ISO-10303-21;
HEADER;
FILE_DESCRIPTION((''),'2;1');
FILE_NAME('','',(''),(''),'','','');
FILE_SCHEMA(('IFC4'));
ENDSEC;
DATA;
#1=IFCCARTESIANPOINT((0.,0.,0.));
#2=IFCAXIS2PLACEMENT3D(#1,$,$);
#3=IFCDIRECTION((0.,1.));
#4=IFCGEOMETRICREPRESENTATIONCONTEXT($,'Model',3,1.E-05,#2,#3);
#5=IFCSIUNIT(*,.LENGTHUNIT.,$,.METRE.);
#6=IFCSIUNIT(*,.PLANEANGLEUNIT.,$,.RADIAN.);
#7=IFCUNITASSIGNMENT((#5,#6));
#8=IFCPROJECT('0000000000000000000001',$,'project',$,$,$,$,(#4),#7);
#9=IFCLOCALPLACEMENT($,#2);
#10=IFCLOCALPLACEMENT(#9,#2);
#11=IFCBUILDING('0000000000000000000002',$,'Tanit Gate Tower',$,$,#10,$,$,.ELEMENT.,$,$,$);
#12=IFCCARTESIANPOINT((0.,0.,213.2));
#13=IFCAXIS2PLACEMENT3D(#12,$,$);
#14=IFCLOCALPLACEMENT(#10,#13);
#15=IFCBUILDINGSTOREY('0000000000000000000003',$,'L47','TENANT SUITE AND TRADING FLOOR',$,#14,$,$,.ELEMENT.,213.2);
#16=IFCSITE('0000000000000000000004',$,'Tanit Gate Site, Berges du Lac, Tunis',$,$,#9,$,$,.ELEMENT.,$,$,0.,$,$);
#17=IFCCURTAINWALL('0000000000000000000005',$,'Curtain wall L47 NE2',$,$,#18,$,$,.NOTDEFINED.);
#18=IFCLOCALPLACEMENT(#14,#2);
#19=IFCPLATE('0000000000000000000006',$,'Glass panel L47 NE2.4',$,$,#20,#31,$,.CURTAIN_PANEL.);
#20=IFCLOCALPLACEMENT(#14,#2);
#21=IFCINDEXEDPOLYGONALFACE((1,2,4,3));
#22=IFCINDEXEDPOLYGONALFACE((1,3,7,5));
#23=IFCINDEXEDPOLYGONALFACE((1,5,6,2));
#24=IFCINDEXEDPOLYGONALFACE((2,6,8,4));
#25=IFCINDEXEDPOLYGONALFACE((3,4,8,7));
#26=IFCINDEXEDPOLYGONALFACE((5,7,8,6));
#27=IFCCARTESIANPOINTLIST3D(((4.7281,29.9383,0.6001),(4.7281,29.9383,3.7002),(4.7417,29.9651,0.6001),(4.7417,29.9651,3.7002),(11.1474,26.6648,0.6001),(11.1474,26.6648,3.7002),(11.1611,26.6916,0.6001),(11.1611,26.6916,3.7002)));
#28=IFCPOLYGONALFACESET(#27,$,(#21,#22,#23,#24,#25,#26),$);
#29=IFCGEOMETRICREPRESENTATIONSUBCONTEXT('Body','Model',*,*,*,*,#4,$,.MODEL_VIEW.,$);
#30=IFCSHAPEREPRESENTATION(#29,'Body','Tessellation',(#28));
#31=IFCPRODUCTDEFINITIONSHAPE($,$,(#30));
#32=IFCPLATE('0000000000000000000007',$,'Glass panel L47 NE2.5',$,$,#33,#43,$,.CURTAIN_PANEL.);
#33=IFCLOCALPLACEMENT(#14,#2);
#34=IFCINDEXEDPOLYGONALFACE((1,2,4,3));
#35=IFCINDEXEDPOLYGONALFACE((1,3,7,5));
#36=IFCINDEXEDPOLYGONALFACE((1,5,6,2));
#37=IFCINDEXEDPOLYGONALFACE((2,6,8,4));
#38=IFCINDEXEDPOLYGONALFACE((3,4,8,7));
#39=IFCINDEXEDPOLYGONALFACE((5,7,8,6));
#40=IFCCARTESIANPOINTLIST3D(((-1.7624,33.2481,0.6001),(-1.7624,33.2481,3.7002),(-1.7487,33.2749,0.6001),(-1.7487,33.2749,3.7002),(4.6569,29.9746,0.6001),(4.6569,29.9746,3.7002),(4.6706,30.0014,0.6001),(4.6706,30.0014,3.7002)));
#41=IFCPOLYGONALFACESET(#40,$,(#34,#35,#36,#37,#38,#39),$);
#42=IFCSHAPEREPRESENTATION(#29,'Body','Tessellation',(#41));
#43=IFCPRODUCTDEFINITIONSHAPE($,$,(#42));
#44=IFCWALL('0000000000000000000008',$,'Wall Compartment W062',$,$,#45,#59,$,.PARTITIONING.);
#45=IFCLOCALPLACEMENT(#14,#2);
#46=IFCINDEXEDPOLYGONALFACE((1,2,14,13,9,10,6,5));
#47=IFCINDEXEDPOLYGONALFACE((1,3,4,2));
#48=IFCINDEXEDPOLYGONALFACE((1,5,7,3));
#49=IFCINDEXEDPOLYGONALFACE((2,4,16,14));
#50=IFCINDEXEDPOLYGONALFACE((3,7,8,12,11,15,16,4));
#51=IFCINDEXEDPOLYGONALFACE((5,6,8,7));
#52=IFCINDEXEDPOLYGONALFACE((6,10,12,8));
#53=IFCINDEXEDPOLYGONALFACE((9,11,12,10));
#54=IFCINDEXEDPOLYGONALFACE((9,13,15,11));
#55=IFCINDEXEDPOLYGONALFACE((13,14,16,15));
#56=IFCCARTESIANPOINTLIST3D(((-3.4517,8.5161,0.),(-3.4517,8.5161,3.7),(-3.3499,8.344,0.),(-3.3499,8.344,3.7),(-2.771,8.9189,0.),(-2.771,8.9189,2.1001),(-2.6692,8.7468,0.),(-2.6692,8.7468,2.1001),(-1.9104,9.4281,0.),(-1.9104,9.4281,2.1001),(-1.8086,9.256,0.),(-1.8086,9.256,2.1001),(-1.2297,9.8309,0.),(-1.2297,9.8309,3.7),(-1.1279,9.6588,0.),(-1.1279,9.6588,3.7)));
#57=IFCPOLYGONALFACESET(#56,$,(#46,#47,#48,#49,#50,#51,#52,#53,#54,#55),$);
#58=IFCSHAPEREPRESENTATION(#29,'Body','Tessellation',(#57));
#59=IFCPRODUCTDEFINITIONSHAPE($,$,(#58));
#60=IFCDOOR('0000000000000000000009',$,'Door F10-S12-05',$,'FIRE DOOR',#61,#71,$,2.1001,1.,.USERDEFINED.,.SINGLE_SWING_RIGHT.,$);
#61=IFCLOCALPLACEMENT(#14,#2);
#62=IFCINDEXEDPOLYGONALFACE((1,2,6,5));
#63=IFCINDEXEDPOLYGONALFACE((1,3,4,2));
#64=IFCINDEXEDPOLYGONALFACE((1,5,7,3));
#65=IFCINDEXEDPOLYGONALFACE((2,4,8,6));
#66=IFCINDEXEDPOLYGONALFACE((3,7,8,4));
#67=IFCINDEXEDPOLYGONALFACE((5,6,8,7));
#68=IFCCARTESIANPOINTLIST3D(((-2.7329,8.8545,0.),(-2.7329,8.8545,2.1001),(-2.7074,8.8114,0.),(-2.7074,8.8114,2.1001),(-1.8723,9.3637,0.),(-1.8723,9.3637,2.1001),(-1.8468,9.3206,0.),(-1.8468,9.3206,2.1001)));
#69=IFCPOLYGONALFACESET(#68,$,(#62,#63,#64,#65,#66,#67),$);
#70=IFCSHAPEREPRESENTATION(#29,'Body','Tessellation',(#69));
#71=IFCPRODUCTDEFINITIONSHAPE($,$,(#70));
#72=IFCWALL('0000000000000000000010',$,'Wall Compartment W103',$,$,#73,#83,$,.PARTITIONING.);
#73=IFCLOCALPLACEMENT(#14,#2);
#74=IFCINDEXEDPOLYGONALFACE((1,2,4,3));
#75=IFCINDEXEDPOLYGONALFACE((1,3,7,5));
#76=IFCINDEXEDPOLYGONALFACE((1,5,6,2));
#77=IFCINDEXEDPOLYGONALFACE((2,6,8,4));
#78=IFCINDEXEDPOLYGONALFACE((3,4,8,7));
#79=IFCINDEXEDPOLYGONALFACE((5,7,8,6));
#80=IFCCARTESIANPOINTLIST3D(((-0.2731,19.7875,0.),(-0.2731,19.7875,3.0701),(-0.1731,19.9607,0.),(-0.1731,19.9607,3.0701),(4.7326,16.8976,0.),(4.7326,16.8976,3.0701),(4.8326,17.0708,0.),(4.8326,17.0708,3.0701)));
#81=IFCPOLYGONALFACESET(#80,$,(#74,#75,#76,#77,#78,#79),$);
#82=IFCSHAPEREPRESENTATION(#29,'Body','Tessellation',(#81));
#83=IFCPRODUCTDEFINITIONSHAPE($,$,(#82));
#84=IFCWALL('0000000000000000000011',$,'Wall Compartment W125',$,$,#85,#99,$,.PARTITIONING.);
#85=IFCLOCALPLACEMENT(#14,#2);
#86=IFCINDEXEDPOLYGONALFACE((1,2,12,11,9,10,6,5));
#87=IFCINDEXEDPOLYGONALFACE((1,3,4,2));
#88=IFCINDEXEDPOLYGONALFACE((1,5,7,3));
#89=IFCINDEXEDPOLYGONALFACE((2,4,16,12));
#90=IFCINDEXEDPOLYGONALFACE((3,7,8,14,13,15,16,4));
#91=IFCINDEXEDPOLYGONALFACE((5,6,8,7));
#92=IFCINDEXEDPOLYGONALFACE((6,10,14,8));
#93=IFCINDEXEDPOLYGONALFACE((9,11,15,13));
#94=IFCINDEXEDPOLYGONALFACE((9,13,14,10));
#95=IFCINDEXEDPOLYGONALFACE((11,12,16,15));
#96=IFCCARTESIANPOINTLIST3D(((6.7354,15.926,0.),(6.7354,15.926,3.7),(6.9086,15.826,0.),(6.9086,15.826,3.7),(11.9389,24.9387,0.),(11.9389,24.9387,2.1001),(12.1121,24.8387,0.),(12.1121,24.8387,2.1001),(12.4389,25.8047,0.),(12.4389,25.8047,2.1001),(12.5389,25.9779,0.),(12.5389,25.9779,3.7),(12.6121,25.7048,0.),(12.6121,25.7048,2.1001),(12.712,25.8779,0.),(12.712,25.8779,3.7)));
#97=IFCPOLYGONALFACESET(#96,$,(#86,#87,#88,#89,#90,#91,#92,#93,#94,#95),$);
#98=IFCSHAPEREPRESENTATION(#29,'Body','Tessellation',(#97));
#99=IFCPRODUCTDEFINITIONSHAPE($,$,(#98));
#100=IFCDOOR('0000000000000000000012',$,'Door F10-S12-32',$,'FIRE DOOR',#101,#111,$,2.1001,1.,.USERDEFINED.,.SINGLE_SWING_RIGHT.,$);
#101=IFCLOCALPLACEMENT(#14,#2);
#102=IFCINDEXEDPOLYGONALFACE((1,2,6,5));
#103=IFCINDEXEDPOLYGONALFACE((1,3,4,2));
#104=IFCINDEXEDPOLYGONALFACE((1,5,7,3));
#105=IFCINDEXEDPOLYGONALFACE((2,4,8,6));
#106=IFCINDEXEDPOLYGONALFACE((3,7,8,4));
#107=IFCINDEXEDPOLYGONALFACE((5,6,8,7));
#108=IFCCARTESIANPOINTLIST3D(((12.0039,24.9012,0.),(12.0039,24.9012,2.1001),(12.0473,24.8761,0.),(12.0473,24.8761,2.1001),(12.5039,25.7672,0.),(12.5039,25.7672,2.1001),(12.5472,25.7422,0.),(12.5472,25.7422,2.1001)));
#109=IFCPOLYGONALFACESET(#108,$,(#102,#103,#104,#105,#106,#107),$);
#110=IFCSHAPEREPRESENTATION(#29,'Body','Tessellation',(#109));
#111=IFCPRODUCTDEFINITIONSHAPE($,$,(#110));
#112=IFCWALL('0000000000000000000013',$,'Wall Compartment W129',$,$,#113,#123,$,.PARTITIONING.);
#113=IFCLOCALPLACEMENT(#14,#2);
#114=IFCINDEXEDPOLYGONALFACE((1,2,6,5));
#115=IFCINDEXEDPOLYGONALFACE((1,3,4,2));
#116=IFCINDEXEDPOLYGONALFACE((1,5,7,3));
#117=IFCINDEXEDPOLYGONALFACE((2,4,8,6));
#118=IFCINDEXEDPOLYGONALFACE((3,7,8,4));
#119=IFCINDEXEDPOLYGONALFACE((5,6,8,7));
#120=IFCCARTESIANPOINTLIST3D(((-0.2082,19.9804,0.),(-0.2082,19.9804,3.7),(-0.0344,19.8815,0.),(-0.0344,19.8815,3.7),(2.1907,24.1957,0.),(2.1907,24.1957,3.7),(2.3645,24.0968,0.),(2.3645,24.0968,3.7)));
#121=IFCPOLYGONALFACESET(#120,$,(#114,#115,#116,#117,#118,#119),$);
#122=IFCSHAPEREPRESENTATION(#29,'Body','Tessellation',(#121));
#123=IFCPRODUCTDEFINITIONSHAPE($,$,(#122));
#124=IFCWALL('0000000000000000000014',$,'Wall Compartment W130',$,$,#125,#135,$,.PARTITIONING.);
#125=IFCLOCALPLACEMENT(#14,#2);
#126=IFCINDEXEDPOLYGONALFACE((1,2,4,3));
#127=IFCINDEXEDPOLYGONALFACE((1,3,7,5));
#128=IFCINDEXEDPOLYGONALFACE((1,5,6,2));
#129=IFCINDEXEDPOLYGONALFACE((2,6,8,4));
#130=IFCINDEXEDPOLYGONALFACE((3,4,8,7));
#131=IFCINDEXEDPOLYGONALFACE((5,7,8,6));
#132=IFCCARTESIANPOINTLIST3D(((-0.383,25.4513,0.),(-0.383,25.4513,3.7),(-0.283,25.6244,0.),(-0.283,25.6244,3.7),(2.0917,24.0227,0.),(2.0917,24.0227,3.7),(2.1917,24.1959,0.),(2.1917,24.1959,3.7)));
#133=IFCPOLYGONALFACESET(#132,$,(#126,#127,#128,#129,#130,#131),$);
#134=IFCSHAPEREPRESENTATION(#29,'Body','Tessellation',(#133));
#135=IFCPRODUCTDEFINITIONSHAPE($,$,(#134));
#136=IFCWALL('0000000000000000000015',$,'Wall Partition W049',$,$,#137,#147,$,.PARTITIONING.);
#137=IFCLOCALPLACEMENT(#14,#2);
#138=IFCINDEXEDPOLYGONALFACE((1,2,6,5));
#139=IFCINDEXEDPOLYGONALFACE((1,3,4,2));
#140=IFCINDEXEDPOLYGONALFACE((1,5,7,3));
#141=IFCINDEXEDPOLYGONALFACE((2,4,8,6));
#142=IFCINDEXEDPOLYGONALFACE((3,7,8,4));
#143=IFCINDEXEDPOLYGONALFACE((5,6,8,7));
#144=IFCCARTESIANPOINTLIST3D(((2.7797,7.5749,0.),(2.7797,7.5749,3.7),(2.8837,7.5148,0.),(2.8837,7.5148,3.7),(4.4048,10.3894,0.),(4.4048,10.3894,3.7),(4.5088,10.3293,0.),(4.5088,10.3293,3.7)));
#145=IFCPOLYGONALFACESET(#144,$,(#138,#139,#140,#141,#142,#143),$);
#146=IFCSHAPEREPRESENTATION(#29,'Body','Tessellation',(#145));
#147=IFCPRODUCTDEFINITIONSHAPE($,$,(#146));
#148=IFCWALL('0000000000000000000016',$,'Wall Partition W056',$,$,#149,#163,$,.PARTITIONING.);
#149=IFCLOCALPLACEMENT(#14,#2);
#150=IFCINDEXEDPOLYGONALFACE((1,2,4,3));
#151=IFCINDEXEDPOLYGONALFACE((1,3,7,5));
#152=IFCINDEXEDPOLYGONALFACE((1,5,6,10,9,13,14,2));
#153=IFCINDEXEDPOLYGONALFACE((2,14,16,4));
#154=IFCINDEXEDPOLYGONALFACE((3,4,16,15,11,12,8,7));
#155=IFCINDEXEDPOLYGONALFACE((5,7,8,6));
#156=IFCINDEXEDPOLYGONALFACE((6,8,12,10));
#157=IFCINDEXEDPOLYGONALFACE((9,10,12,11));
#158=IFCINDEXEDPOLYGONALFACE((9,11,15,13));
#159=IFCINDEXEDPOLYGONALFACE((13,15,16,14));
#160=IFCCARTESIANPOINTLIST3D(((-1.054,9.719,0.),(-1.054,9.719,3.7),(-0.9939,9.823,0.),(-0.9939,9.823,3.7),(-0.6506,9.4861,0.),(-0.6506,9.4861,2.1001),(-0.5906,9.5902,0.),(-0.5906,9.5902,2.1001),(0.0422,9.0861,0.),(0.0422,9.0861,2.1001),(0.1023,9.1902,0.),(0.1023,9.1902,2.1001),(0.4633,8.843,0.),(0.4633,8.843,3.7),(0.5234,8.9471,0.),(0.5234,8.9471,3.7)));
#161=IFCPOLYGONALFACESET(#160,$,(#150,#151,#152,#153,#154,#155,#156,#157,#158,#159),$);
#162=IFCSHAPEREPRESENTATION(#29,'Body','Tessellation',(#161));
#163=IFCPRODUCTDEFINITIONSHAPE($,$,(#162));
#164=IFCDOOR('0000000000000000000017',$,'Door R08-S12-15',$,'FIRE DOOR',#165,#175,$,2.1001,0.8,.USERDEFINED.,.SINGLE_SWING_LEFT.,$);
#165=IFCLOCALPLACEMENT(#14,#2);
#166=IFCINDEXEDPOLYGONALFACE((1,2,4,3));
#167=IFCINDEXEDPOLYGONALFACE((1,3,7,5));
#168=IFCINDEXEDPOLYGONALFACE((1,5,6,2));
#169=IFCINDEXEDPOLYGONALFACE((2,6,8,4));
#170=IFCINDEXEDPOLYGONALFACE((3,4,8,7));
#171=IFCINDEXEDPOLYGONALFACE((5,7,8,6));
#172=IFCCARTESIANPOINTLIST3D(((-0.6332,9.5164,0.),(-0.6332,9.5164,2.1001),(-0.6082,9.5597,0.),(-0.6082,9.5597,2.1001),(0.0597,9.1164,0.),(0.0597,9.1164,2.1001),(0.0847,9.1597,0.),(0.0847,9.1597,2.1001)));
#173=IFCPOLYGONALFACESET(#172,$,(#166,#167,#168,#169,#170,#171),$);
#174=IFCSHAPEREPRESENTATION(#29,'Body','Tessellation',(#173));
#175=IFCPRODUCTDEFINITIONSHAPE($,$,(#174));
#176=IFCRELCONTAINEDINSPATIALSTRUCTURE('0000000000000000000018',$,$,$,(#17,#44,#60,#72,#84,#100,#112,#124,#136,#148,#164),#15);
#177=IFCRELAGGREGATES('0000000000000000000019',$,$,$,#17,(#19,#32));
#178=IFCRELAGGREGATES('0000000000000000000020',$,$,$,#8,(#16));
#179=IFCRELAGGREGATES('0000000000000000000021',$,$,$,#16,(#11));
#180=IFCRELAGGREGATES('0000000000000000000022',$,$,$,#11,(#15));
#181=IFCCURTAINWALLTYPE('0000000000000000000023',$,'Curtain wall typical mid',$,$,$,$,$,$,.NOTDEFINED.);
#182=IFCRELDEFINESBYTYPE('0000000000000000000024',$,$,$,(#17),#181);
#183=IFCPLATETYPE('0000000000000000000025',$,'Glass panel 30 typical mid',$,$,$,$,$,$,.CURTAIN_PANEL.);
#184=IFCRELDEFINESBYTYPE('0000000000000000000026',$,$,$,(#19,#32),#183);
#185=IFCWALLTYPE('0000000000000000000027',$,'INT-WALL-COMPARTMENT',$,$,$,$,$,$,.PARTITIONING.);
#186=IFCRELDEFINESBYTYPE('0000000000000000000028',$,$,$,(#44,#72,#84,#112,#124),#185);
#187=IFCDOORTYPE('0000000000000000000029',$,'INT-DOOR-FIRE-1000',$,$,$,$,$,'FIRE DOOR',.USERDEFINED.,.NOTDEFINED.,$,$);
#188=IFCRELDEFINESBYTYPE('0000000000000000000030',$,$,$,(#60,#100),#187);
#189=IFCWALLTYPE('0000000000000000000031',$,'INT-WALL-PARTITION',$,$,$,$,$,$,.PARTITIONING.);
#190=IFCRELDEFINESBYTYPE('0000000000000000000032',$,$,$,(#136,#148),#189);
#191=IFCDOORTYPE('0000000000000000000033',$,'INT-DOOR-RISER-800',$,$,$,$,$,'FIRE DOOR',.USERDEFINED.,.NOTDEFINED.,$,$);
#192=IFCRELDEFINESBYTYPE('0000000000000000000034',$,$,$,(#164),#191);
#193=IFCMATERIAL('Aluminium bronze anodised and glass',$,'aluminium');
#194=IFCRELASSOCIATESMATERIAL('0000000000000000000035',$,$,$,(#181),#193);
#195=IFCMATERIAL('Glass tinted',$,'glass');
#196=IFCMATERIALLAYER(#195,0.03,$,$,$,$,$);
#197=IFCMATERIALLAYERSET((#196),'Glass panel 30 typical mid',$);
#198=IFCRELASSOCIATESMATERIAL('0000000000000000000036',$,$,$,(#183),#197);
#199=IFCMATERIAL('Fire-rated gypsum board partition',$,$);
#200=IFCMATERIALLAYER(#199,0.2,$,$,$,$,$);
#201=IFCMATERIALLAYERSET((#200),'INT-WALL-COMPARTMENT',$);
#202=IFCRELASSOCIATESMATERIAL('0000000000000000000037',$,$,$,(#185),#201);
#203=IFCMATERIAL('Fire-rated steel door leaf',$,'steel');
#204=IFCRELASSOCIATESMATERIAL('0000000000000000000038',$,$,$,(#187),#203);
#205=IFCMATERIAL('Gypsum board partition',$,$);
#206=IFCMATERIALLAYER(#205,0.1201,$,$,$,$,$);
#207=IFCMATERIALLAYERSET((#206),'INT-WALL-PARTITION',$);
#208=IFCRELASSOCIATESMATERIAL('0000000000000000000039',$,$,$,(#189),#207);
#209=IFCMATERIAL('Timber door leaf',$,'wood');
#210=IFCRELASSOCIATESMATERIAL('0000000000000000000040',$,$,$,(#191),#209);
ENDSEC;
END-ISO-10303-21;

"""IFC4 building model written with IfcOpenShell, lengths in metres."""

from ifc_helpers import new_model, si_unit, direction, frame, frame_2d, origin, origin_2d, place, context, subcontext, project, spatial, rectangle, extrude, material, layer, layer_set, type_object, element, fill, aggregate, save


model = new_model("IFC4")

# Units and contexts
model_context = context("Model", 3, precision=1e-05, world=origin(), true_north=direction((0.0, 1.0)))
body_context = subcontext(model_context, "Body", "Model", "MODEL_VIEW")
ifc_project = project(units=[si_unit("LENGTHUNIT", "METRE"), si_unit("PLANEANGLEUNIT", "RADIAN")], contexts=[model_context])

# Site, building, storey
site_placement = place(None, origin())
site = spatial("IfcSite", under=ifc_project, at=site_placement, Name="Tanit Gate Site, Berges du Lac, Tunis", CompositionType="ELEMENT", RefElevation=0.0)
building_placement = place(site_placement, origin())
building = spatial("IfcBuilding", under=site, at=building_placement, Name="Tanit Gate Tower", CompositionType="ELEMENT")
storey_placement = place(building_placement, frame((0.0, 0.0, 213.2)))
storey = spatial("IfcBuildingStorey", under=building, at=storey_placement, Name="L47", Description="TENANT SUITE AND TRADING FLOOR", CompositionType="ELEMENT", Elevation=213.2)

# Curtain wall
ifc_material_1 = material(Name="Aluminium bronze anodised and glass", Category="aluminium")
curtain_wall_type = type_object("IfcCurtainWallType", Name="Curtain wall typical mid", PredefinedType="NOTDEFINED", material=ifc_material_1)
curtain_wall_1_placement = place(storey_placement, origin())
curtain_wall_1 = element("IfcCurtainWall", 1, at=curtain_wall_1_placement, inside=storey, type_object=curtain_wall_type, Name="Curtain wall L47 NE2", PredefinedType="NOTDEFINED")

# Plates
ifc_material_2 = material(Name="Glass tinted", Category="glass")
ifc_layer_1 = layer(ifc_material_2, 0.03)
ifc_layer_set_1 = layer_set([ifc_layer_1], Name="Glass panel 30 typical mid")
plate_type = type_object("IfcPlateType", Name="Glass panel 30 typical mid", PredefinedType="CURTAIN_PANEL", material=ifc_layer_set_1)
plate_1_placement = place(storey_placement, frame((7.9446, 28.3149, 0.6001), z_axis=(0.0, 0.0, 1.0), x_axis=(-0.890855, 0.454288, 0.0)))
plate_1 = element("IfcPlate", 2, at=plate_1_placement, type_object=plate_type, Name="Glass panel L47 NE2.4", PredefinedType="CURTAIN_PANEL", context=body_context, shape_type="SweptSolid", body=[
    extrude(rectangle(XDim=7.2058, YDim=0.03, at=origin_2d()), origin(), (0.0, 0.0, 1.0), 3.1001),
])
plate_2_placement = place(storey_placement, frame((1.4541, 31.6248, 0.6001), z_axis=(0.0, 0.0, 1.0), x_axis=(-0.890855, 0.454288, 0.0)))
plate_2 = element("IfcPlate", 3, at=plate_2_placement, type_object=plate_type, Name="Glass panel L47 NE2.5", PredefinedType="CURTAIN_PANEL", context=body_context, shape_type="SweptSolid", body=[
    extrude(rectangle(XDim=7.2058, YDim=0.03, at=origin_2d()), origin(), (0.0, 0.0, 1.0), 3.1001),
])
aggregate(curtain_wall_1, [plate_1, plate_2])

# Wall, opening, door
ifc_material_3 = material(Name="Fire-rated gypsum board partition")
ifc_layer_2 = layer(ifc_material_3, 0.2)
ifc_layer_set_2 = layer_set([ifc_layer_2], Name="INT-WALL-COMPARTMENT")
wall_type_1 = type_object("IfcWallType", Name="INT-WALL-COMPARTMENT", PredefinedType="PARTITIONING", material=ifc_layer_set_2)
wall_1_placement = place(storey_placement, frame((-1.1787, 9.7449, 0.0), z_axis=(0.0, 0.0, 1.0), x_axis=(-0.860631, -0.509229, 0.0)))
wall_1 = element("IfcWall", 4, at=wall_1_placement, inside=storey, type_object=wall_type_1, Name="Wall Compartment W062", PredefinedType="PARTITIONING", context=body_context, shape_type="SweptSolid", body=[
    extrude(rectangle(XDim=2.5818, YDim=0.2, at=frame_2d((1.291, 0.0))), origin(), (0.0, 0.0, 1.0), 3.7),
])
opening_1_placement = place(wall_1_placement, frame((0.791, 0.0, 0.0)))
opening_1 = element("IfcOpeningElement", 5, at=opening_1_placement, cuts=wall_1, PredefinedType="OPENING", context=body_context, shape_type="SweptSolid", body=[
    extrude(rectangle(XDim=1.0, YDim=2.1001, at=frame_2d((0.5, 1.05))), frame((0.0, 0.1099, 0.0), z_axis=(0.0, -1.0, 0.0), x_axis=(1.0, 0.0, 0.0)), (0.0, 0.0, 1.0), 0.22),
])
ifc_material_4 = material(Name="Fire-rated steel door leaf", Category="steel")
door_type_1 = type_object("IfcDoorType", Name="INT-DOOR-FIRE-1000", ElementType="FIRE DOOR", OperationType="NOTDEFINED", PredefinedType="USERDEFINED", material=ifc_material_4)
door_1_placement = place(opening_1_placement, origin())
door_1 = element("IfcDoor", 6, at=door_1_placement, inside=storey, type_object=door_type_1, Name="Door F10-S12-05", ObjectType="FIRE DOOR", OperationType="SINGLE_SWING_RIGHT", OverallHeight=2.1001, OverallWidth=1.0, PredefinedType="USERDEFINED", context=body_context, shape_type="SweptSolid", body=[
    extrude(rectangle(XDim=1.0, YDim=2.1001, at=frame_2d((0.5, 1.05))), frame((0.0, 0.0249, 0.0), z_axis=(0.0, -1.0, 0.0), x_axis=(1.0, 0.0, 0.0)), (0.0, 0.0, 1.0), 0.05),
])
fill(opening_1, door_1)

# Wall
wall_2_placement = place(storey_placement, frame((4.7827, 16.9841, 0.0), z_axis=(0.0, 0.0, 1.0), x_axis=(-0.866033, 0.499987, 0.0)))
element("IfcWall", 7, at=wall_2_placement, inside=storey, type_object=wall_type_1, Name="Wall Compartment W103", PredefinedType="PARTITIONING", context=body_context, shape_type="SweptSolid", body=[
    extrude(rectangle(XDim=5.78, YDim=0.2, at=frame_2d((2.8901, 0.0))), origin(), (0.0, 0.0, 1.0), 3.0701),
])

# Wall, opening, door
wall_3_placement = place(storey_placement, frame((6.822, 15.876, 0.0), z_axis=(0.0, 0.0, 1.0), x_axis=(0.499996, 0.866028, 0.0)))
wall_3 = element("IfcWall", 8, at=wall_3_placement, inside=storey, type_object=wall_type_1, Name="Wall Compartment W125", PredefinedType="PARTITIONING", context=body_context, shape_type="SweptSolid", body=[
    extrude(rectangle(XDim=11.6069, YDim=0.2, at=frame_2d((5.8035, 0.0))), origin(), (0.0, 0.0, 1.0), 3.7),
])
opening_2_placement = place(wall_3_placement, frame((10.407, 0.0, 0.0)))
opening_2 = element("IfcOpeningElement", 9, at=opening_2_placement, cuts=wall_3, PredefinedType="OPENING", context=body_context, shape_type="SweptSolid", body=[
    extrude(rectangle(XDim=1.0, YDim=2.1001, at=frame_2d((0.5, 1.05))), frame((0.0, 0.1099, 0.0), z_axis=(0.0, -1.0, 0.0), x_axis=(1.0, 0.0, 0.0)), (0.0, 0.0, 1.0), 0.22),
])
door_2_placement = place(opening_2_placement, origin())
door_2 = element("IfcDoor", 10, at=door_2_placement, inside=storey, type_object=door_type_1, Name="Door F10-S12-32", ObjectType="FIRE DOOR", OperationType="SINGLE_SWING_RIGHT", OverallHeight=2.1001, OverallWidth=1.0, PredefinedType="USERDEFINED", context=body_context, shape_type="SweptSolid", body=[
    extrude(rectangle(XDim=1.0, YDim=2.1001, at=frame_2d((0.5, 1.05))), frame((0.0, 0.0249, 0.0), z_axis=(0.0, -1.0, 0.0), x_axis=(1.0, 0.0, 0.0)), (0.0, 0.0, 1.0), 0.05),
])
fill(opening_2, door_2)

# Walls
wall_4_placement = place(storey_placement, frame((2.2776, 24.1462, 0.0), z_axis=(0.0, 0.0, 1.0), x_axis=(-0.494609, -0.869115, 0.0)))
element("IfcWall", 11, at=wall_4_placement, inside=storey, type_object=wall_type_1, Name="Wall Compartment W129", PredefinedType="PARTITIONING", context=body_context, shape_type="SweptSolid", body=[
    extrude(rectangle(XDim=4.8501, YDim=0.2, at=frame_2d((2.425, 0.0))), origin(), (0.0, 0.0, 1.0), 3.7),
])
wall_5_placement = place(storey_placement, frame((-0.333, 25.5378, 0.0), z_axis=(0.0, 0.0, 1.0), x_axis=(0.866063, -0.499934, 0.0)))
element("IfcWall", 12, at=wall_5_placement, inside=storey, type_object=wall_type_1, Name="Wall Compartment W130", PredefinedType="PARTITIONING", context=body_context, shape_type="SweptSolid", body=[
    extrude(rectangle(XDim=2.8574, YDim=0.2, at=frame_2d((1.4287, 0.0))), origin(), (0.0, 0.0, 1.0), 3.7),
])
ifc_material_5 = material(Name="Gypsum board partition")
ifc_layer_3 = layer(ifc_material_5, 0.1201)
ifc_layer_set_3 = layer_set([ifc_layer_3], Name="INT-WALL-PARTITION")
wall_type_2 = type_object("IfcWallType", Name="INT-WALL-PARTITION", PredefinedType="PARTITIONING", material=ifc_layer_set_3)
wall_6_placement = place(storey_placement, frame((4.4568, 10.3594, 0.0), z_axis=(0.0, 0.0, 1.0), x_axis=(-0.500017, -0.866015, 0.0)))
element("IfcWall", 13, at=wall_6_placement, inside=storey, type_object=wall_type_2, Name="Wall Partition W049", PredefinedType="PARTITIONING", context=body_context, shape_type="SweptSolid", body=[
    extrude(rectangle(XDim=3.25, YDim=0.1201, at=frame_2d((1.625, 0.0))), origin(), (0.0, 0.0, 1.0), 3.7),
])

# Wall, opening, door
wall_7_placement = place(storey_placement, frame((-1.0239, 9.771, 0.0), z_axis=(0.0, 0.0, 1.0), x_axis=(0.866039, -0.499976, 0.0)))
wall_7 = element("IfcWall", 14, at=wall_7_placement, inside=storey, type_object=wall_type_2, Name="Wall Partition W056", PredefinedType="PARTITIONING", context=body_context, shape_type="SweptSolid", body=[
    extrude(rectangle(XDim=1.752, YDim=0.1201, at=frame_2d((0.876, 0.0))), origin(), (0.0, 0.0, 1.0), 3.7),
])
opening_3_placement = place(wall_7_placement, frame((0.4658, 0.0, 0.0)))
opening_3 = element("IfcOpeningElement", 15, at=opening_3_placement, cuts=wall_7, PredefinedType="OPENING", context=body_context, shape_type="SweptSolid", body=[
    extrude(rectangle(XDim=0.8, YDim=2.1001, at=frame_2d((0.3999, 1.05))), frame((0.0, 0.0701, 0.0), z_axis=(0.0, -1.0, 0.0), x_axis=(1.0, 0.0, 0.0)), (0.0, 0.0, 1.0), 0.1401),
])
ifc_material_6 = material(Name="Timber door leaf", Category="wood")
door_type_2 = type_object("IfcDoorType", Name="INT-DOOR-RISER-800", ElementType="FIRE DOOR", OperationType="NOTDEFINED", PredefinedType="USERDEFINED", material=ifc_material_6)
door_3_placement = place(opening_3_placement, origin())
door_3 = element("IfcDoor", 16, at=door_3_placement, inside=storey, type_object=door_type_2, Name="Door R08-S12-15", ObjectType="FIRE DOOR", OperationType="SINGLE_SWING_LEFT", OverallHeight=2.1001, OverallWidth=0.8, PredefinedType="USERDEFINED", context=body_context, shape_type="SweptSolid", body=[
    extrude(rectangle(XDim=0.8, YDim=2.1001, at=frame_2d((0.3999, 1.05))), frame((0.0, 0.0249, 0.0), z_axis=(0.0, -1.0, 0.0), x_axis=(1.0, 0.0, 0.0)), (0.0, 0.0, 1.0), 0.05),
])
fill(opening_3, door_3)

save(model, "model.ifc")
